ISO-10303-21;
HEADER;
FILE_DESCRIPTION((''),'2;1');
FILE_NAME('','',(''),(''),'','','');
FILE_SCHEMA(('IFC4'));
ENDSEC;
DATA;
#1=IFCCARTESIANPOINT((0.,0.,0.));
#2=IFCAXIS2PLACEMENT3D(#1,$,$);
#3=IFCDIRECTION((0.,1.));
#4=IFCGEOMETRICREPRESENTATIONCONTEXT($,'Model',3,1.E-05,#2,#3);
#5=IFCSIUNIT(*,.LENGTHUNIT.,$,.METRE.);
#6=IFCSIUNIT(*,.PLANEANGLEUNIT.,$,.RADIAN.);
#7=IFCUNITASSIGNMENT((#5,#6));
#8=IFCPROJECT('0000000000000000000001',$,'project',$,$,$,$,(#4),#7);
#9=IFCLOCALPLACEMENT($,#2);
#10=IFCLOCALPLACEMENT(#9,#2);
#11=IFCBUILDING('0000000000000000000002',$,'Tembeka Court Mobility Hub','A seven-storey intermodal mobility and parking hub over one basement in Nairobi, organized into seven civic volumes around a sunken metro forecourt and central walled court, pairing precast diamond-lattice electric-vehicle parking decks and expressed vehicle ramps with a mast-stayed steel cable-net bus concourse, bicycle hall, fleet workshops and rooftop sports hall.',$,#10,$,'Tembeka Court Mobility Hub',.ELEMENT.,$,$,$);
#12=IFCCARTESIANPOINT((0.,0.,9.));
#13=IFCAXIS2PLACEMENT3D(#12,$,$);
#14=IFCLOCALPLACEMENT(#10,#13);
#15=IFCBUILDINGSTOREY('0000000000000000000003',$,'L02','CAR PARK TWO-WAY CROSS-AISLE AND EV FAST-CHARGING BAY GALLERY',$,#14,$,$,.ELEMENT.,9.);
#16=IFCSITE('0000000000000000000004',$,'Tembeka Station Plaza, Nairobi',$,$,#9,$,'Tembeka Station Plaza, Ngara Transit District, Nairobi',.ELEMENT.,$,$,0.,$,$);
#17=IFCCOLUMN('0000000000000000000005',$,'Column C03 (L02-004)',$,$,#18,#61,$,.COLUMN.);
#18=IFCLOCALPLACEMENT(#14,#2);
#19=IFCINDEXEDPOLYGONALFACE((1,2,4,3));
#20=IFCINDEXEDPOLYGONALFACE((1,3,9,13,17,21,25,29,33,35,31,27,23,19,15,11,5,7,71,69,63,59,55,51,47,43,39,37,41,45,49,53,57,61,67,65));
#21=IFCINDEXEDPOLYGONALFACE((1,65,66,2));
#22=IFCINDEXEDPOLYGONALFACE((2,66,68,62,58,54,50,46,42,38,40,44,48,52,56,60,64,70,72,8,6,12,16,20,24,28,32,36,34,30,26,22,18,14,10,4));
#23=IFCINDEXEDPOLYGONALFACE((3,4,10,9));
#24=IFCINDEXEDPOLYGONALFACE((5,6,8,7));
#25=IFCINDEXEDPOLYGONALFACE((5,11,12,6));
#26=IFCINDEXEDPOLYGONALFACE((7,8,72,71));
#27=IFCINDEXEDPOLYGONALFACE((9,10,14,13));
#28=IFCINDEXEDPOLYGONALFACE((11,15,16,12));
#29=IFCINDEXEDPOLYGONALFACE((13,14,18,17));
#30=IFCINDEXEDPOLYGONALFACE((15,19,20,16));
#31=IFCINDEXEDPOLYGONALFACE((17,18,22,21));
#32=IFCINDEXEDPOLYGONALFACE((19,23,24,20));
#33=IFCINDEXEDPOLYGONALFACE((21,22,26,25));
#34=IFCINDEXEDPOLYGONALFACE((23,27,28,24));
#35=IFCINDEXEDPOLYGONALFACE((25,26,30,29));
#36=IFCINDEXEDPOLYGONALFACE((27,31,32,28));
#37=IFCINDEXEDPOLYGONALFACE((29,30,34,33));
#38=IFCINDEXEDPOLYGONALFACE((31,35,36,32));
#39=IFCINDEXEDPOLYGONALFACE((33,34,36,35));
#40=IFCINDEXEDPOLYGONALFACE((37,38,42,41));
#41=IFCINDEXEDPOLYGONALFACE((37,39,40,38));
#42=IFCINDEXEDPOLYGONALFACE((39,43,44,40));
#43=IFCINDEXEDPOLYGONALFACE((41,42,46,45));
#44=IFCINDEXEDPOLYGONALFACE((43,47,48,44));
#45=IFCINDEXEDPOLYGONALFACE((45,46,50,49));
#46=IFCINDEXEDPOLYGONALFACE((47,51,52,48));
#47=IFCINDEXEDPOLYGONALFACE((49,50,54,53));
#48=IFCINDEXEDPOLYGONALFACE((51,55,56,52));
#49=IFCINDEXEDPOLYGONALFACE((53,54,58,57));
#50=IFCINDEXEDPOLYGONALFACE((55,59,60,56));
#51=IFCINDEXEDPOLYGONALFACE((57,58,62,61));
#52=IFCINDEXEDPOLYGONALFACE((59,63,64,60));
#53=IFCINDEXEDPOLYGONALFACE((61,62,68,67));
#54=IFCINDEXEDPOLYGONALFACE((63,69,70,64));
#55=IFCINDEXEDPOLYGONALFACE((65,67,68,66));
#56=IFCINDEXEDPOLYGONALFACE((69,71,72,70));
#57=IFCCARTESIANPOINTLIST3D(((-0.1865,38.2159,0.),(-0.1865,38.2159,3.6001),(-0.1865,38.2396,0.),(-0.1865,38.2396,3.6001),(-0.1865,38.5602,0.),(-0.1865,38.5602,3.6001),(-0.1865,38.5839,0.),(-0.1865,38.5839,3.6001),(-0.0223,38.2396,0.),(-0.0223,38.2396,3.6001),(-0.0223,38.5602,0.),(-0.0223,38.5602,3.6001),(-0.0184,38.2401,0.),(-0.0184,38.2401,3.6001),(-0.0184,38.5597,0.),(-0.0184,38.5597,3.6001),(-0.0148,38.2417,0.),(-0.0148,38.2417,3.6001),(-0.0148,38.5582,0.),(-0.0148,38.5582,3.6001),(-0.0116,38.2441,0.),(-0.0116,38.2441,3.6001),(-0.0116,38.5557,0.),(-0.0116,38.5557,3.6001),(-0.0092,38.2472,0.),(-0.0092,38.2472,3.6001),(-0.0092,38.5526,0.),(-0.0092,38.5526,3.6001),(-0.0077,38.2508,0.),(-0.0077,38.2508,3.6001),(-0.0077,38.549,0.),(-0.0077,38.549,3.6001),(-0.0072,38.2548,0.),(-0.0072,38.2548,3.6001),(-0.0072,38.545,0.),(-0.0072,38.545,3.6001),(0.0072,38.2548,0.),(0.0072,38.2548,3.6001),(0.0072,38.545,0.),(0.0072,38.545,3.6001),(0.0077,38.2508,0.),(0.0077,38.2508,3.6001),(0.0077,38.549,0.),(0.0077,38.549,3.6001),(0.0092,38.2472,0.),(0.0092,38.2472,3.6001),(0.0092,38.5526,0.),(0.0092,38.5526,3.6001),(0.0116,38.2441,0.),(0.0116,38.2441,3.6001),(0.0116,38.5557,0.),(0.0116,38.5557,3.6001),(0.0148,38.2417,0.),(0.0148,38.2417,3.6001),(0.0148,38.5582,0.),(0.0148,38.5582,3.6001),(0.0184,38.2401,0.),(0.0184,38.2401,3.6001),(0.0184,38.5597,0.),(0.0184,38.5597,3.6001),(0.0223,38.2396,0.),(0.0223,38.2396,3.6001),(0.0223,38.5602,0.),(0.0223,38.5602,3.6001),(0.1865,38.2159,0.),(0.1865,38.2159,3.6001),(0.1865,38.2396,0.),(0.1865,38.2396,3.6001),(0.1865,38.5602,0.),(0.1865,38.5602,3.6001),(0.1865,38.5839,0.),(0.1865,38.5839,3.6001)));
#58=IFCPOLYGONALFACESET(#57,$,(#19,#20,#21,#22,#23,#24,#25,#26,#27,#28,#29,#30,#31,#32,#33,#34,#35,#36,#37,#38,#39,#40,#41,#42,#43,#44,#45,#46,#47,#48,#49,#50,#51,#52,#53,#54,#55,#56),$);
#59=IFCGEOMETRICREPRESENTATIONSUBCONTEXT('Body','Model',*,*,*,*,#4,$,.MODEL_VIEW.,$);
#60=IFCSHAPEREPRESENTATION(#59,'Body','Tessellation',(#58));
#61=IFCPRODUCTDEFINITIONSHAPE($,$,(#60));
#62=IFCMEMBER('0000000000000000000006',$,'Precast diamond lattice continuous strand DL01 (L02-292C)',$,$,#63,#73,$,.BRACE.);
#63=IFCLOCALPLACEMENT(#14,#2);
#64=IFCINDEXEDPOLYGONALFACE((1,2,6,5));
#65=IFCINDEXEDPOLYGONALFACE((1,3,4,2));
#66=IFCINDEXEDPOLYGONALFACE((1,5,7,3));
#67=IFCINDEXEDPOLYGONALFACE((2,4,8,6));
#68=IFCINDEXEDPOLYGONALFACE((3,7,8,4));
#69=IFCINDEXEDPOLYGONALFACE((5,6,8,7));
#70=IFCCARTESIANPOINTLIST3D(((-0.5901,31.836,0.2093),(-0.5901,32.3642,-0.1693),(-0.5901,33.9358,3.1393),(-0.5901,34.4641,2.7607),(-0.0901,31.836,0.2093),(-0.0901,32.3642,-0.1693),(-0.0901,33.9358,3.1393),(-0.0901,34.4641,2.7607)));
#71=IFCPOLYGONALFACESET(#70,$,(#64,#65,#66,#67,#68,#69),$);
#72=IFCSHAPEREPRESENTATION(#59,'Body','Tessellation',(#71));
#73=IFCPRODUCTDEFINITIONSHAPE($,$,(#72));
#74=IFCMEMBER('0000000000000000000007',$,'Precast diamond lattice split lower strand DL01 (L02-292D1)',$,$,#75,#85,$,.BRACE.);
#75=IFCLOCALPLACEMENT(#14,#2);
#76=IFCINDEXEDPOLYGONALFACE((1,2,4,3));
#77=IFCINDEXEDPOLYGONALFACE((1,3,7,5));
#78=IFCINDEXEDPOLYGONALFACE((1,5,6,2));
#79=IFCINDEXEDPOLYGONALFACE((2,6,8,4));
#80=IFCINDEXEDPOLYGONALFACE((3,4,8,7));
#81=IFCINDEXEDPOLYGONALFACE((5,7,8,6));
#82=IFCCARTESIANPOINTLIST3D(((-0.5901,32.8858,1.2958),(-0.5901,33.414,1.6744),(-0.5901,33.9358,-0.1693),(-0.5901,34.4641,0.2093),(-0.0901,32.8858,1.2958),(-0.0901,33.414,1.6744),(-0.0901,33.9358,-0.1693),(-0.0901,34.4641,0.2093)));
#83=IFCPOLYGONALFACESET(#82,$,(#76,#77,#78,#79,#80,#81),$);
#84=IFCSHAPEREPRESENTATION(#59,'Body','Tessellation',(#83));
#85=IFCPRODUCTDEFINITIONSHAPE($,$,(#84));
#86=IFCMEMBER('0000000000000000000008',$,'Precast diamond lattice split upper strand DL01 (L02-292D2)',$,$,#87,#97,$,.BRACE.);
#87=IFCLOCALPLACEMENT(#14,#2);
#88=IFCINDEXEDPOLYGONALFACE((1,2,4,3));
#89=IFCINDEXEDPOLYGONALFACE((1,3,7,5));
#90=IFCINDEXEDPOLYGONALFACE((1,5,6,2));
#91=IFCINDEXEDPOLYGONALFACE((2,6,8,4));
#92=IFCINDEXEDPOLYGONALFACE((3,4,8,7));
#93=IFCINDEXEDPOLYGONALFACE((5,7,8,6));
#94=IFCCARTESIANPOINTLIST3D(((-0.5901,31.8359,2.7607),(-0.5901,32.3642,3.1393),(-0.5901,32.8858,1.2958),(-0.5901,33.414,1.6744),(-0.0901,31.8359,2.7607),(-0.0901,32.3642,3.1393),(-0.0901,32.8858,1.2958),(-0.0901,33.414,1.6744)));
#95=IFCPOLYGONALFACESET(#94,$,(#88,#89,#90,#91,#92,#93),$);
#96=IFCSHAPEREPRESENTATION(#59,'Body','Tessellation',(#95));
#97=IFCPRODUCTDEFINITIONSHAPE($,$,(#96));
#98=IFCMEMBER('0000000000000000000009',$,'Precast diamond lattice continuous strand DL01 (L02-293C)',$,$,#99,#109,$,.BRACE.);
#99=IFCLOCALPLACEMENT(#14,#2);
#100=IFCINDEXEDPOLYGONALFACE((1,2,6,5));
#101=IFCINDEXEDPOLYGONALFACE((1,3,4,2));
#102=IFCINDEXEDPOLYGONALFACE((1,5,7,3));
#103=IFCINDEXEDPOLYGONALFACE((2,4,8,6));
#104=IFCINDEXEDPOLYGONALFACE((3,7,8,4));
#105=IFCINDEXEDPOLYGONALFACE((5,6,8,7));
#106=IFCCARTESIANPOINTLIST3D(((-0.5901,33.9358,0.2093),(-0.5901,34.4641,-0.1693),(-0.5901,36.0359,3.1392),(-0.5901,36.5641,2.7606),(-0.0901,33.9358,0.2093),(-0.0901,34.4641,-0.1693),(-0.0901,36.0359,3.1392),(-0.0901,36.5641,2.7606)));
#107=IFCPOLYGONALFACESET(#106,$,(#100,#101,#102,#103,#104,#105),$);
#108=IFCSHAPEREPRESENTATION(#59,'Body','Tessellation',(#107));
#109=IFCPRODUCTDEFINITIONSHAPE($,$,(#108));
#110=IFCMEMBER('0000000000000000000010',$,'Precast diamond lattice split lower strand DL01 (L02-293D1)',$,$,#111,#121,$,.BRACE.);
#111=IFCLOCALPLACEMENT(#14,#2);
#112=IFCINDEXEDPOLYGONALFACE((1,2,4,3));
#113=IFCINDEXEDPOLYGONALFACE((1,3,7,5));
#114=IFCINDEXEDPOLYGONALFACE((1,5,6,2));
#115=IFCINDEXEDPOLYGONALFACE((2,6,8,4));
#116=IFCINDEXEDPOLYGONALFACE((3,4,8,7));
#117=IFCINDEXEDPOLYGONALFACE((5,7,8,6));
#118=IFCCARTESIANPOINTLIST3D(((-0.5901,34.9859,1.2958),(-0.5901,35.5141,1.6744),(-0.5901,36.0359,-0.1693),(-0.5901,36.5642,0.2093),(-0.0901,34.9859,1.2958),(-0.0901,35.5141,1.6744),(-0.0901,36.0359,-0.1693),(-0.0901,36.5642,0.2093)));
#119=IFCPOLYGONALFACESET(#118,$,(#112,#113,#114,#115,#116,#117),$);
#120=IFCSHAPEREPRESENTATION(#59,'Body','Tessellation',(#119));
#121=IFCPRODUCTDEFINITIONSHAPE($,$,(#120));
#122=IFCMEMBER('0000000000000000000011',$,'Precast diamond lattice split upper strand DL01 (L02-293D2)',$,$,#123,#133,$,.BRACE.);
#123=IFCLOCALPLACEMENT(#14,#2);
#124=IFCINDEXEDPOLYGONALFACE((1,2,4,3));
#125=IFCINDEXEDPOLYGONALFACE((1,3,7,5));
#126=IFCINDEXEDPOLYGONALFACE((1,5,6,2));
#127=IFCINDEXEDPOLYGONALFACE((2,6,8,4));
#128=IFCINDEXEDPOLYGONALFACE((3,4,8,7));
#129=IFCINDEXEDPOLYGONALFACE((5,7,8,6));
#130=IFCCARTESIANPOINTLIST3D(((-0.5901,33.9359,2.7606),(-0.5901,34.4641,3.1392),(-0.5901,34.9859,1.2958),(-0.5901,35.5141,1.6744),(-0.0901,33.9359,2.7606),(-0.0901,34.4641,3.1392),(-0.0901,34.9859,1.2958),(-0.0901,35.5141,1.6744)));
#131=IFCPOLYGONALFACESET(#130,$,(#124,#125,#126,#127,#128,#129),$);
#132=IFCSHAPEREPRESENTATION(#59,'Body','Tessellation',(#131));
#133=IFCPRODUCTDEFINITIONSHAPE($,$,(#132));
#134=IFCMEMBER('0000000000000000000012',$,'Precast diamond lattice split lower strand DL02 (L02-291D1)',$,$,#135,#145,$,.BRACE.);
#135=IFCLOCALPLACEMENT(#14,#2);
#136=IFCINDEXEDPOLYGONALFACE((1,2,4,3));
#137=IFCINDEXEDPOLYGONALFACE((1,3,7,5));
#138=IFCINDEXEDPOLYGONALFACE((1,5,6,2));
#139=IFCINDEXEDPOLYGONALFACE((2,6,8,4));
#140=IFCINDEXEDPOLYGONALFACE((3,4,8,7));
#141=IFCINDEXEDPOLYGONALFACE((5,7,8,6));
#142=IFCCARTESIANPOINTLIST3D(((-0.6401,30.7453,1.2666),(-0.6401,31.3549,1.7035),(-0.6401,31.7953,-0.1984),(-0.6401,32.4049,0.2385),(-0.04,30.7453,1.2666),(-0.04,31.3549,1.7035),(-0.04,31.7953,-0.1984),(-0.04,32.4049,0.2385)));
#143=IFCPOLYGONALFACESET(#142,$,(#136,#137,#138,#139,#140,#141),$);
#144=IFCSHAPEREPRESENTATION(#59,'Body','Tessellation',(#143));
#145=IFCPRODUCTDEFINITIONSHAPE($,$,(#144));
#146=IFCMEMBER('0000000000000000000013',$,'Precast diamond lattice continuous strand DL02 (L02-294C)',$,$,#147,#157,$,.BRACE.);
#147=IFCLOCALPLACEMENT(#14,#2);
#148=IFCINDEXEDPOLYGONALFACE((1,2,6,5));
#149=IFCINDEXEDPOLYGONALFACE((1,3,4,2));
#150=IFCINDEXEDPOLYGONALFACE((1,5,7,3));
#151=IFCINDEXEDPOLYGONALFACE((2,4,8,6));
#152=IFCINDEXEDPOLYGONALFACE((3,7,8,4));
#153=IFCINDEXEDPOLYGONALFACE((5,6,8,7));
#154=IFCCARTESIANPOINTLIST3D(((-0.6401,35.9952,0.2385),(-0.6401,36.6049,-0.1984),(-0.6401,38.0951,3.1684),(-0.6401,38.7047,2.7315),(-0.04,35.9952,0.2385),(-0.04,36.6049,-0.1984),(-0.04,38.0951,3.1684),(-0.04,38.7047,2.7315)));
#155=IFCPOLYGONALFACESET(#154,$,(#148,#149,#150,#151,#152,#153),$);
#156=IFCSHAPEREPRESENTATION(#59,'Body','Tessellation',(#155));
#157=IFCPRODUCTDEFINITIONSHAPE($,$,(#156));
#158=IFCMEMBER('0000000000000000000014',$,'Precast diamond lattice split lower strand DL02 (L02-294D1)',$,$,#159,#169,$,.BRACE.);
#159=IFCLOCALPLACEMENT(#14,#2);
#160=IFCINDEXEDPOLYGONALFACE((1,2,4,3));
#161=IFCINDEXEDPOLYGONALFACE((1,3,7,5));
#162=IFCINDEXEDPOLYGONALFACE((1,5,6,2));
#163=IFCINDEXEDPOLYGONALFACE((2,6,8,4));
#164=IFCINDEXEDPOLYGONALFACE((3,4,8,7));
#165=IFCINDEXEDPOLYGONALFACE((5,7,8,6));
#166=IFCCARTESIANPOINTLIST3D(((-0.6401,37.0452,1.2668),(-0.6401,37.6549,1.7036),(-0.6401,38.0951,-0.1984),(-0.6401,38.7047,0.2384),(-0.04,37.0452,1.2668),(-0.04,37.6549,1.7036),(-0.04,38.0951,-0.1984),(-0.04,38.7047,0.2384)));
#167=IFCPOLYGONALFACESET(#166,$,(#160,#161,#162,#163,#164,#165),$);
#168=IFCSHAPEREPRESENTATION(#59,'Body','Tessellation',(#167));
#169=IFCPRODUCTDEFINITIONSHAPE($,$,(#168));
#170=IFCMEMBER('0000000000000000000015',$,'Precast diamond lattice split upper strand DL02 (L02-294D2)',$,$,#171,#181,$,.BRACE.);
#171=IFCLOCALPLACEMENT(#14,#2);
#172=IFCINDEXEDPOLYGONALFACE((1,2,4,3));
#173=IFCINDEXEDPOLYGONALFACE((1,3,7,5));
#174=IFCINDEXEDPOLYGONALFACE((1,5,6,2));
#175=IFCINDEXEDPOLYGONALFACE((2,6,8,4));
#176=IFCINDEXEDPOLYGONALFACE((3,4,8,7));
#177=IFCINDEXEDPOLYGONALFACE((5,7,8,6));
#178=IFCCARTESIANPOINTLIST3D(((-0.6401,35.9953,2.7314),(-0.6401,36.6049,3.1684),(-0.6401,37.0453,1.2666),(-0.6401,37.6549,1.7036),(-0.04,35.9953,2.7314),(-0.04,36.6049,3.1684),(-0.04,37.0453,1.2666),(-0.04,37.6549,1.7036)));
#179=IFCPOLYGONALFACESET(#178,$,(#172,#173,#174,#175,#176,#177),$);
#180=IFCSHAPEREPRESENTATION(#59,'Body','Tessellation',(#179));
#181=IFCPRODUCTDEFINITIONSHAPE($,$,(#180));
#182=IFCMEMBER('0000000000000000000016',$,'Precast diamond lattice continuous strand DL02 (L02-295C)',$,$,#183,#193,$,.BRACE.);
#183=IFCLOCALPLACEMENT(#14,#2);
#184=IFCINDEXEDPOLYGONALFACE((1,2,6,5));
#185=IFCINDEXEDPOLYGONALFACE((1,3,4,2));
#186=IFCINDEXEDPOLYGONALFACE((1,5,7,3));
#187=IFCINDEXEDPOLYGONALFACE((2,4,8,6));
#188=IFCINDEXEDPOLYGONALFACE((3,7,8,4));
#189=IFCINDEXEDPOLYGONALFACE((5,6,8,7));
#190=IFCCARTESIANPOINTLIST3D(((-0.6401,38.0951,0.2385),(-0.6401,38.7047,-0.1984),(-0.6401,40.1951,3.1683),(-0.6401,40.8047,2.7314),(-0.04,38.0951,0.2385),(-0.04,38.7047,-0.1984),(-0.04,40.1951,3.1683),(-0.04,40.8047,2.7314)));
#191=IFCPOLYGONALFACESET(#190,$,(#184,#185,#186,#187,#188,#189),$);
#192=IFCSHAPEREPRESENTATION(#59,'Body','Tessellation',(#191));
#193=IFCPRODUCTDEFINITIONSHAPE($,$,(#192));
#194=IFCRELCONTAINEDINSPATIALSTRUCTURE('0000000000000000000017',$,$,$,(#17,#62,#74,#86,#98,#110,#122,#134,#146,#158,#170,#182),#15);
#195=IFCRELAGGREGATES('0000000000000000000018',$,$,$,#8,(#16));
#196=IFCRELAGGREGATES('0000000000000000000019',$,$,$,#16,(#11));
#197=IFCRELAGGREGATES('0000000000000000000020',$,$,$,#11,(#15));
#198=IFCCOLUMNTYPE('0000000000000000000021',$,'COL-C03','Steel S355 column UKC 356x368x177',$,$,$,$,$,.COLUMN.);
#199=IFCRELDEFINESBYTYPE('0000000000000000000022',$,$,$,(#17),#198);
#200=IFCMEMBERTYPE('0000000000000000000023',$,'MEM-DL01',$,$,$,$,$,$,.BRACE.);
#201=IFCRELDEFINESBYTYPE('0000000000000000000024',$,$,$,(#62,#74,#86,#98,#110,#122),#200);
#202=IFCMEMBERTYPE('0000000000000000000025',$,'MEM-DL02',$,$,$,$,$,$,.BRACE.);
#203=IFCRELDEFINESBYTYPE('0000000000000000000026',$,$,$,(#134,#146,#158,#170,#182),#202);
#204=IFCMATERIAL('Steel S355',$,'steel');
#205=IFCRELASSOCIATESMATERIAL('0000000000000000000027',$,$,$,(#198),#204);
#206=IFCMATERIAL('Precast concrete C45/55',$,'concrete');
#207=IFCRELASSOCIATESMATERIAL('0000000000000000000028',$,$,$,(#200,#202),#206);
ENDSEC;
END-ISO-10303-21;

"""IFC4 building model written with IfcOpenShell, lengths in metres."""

from ifc_helpers import new_model, si_unit, direction, frame, origin, origin_2d, place, context, subcontext, project, spatial, rectangle, i_section, extrude, material, material_profile, profile_set, type_object, element, save


model = new_model("IFC4")

# Units and contexts
model_context = context("Model", 3, precision=1e-05, world=origin(), true_north=direction((0.0, 1.0)))
body_context = subcontext(model_context, "Body", "Model", "MODEL_VIEW")
ifc_project = project(units=[si_unit("LENGTHUNIT", "METRE"), si_unit("PLANEANGLEUNIT", "RADIAN")], contexts=[model_context])

# Site, building, storey
site_placement = place(None, origin())
site = spatial("IfcSite", under=ifc_project, at=site_placement, Name="Tembeka Station Plaza, Nairobi", LongName="Tembeka Station Plaza, Ngara Transit District, Nairobi", CompositionType="ELEMENT", RefElevation=0.0)
building_placement = place(site_placement, origin())
building = spatial("IfcBuilding", under=site, at=building_placement, Name="Tembeka Court Mobility Hub", Description="A seven-storey intermodal mobility and parking hub over one basement in Nairobi, organized into seven civic volumes around a sunken metro forecourt and central walled court, pairing precast diamond-lattice electric-vehicle parking decks and expressed vehicle ramps with a mast-stayed steel cable-net bus concourse, bicycle hall, fleet workshops and rooftop sports hall.", LongName="Tembeka Court Mobility Hub", CompositionType="ELEMENT")
storey_placement = place(building_placement, frame((0.0, 0.0, 9.0)))
storey = spatial("IfcBuildingStorey", under=building, at=storey_placement, Name="L02", Description="CAR PARK TWO-WAY CROSS-AISLE AND EV FAST-CHARGING BAY GALLERY", CompositionType="ELEMENT", Elevation=9.0)

# Column
ifc_material_1 = material(Name="Steel S355", Category="steel")
ifc_material_profile_1 = material_profile(ifc_material_1, i_section(OverallWidth=0.373, OverallDepth=0.3679, WebThickness=0.0144, FlangeThickness=0.0237, FilletRadius=0.0151, at=origin_2d()), Name="UKC 356x368x177")
ifc_profile_set_1 = profile_set([ifc_material_profile_1], Name="Steel S355")
column_type = type_object("IfcColumnType", Name="COL-C03", Description="Steel S355 column UKC 356x368x177", PredefinedType="COLUMN", material=ifc_profile_set_1)
column_placement = place(storey_placement, frame((0.0, 38.3999, 0.0), z_axis=(0.0, 0.0, 1.0), x_axis=(1.0, 0.0, 0.0)))
element("IfcColumn", 1, at=column_placement, inside=storey, type_object=column_type, Name="Column C03 (L02-004)", PredefinedType="COLUMN", context=body_context, shape_type="SweptSolid", body=[
    extrude(i_section(OverallWidth=0.373, OverallDepth=0.3679, WebThickness=0.0144, FlangeThickness=0.0237, FilletRadius=0.0151, at=origin_2d()), origin(), (0.0, 0.0, 1.0), 3.6001),
])

# Members
ifc_material_2 = material(Name="Precast concrete C45/55", Category="concrete")
ifc_material_profile_2 = material_profile(ifc_material_2, rectangle(XDim=0.5, YDim=0.6499, at=origin_2d()), Name="PC-DIAG 500x650")
ifc_profile_set_2 = profile_set([ifc_material_profile_2], Name="Precast concrete C45/55")
member_type_1 = type_object("IfcMemberType", Name="MEM-DL01", PredefinedType="BRACE", material=ifc_profile_set_2)
member_1_placement = place(storey_placement, frame((-0.3401, 32.1001, 0.02), z_axis=(0.0, 0.582532, 0.812808), x_axis=(-1.0, 0.0, 0.0)))
element("IfcMember", 2, at=member_1_placement, inside=storey, type_object=member_type_1, Name="Precast diamond lattice continuous strand DL01 (L02-292C)", PredefinedType="BRACE", context=body_context, shape_type="SweptSolid", body=[
    extrude(rectangle(XDim=0.5, YDim=0.6499, at=origin_2d()), origin(), (0.0, 0.0, 1.0), 3.6047),
])
member_2_placement = place(storey_placement, frame((-0.3401, 34.2, 0.02), z_axis=(0.0, -0.582544, 0.812799), x_axis=(1.0, 0.0, 0.0)))
element("IfcMember", 3, at=member_2_placement, inside=storey, type_object=member_type_1, Name="Precast diamond lattice split lower strand DL01 (L02-292D1)", PredefinedType="BRACE", context=body_context, shape_type="SweptSolid", body=[
    extrude(rectangle(XDim=0.5, YDim=0.6499, at=origin_2d()), origin(), (0.0, 0.0, 1.0), 1.8025),
])
member_3_placement = place(storey_placement, frame((-0.3401, 33.1499, 1.4851), z_axis=(0.0, -0.582519, 0.812817), x_axis=(1.0, 0.0, 0.0)))
element("IfcMember", 4, at=member_3_placement, inside=storey, type_object=member_type_1, Name="Precast diamond lattice split upper strand DL01 (L02-292D2)", PredefinedType="BRACE", context=body_context, shape_type="SweptSolid", body=[
    extrude(rectangle(XDim=0.5, YDim=0.6499, at=origin_2d()), origin(), (0.0, 0.0, 1.0), 1.8022),
])
member_4_placement = place(storey_placement, frame((-0.3401, 34.2, 0.02), z_axis=(0.0, 0.582576, 0.812776), x_axis=(-1.0, 0.0, 0.0)))
element("IfcMember", 5, at=member_4_placement, inside=storey, type_object=member_type_1, Name="Precast diamond lattice continuous strand DL01 (L02-293C)", PredefinedType="BRACE", context=body_context, shape_type="SweptSolid", body=[
    extrude(rectangle(XDim=0.5, YDim=0.6499, at=origin_2d()), origin(), (0.0, 0.0, 1.0), 3.6047),
])
member_5_placement = place(storey_placement, frame((-0.3401, 36.3, 0.02), z_axis=(0.0, -0.582544, 0.812799), x_axis=(1.0, 0.0, 0.0)))
element("IfcMember", 6, at=member_5_placement, inside=storey, type_object=member_type_1, Name="Precast diamond lattice split lower strand DL01 (L02-293D1)", PredefinedType="BRACE", context=body_context, shape_type="SweptSolid", body=[
    extrude(rectangle(XDim=0.5, YDim=0.6499, at=origin_2d()), origin(), (0.0, 0.0, 1.0), 1.8025),
])
member_6_placement = place(storey_placement, frame((-0.3401, 35.25, 1.4851), z_axis=(0.0, -0.582608, 0.812753), x_axis=(1.0, 0.0, 0.0)))
element("IfcMember", 7, at=member_6_placement, inside=storey, type_object=member_type_1, Name="Precast diamond lattice split upper strand DL01 (L02-293D2)", PredefinedType="BRACE", context=body_context, shape_type="SweptSolid", body=[
    extrude(rectangle(XDim=0.5, YDim=0.6499, at=origin_2d()), origin(), (0.0, 0.0, 1.0), 1.8022),
])
ifc_material_profile_3 = material_profile(ifc_material_2, rectangle(XDim=0.6001, YDim=0.75, at=origin_2d()), Name="PC-DIAG 600x750")
ifc_profile_set_3 = profile_set([ifc_material_profile_3], Name="Precast concrete C45/55")
member_type_2 = type_object("IfcMemberType", Name="MEM-DL02", PredefinedType="BRACE", material=ifc_profile_set_3)
member_7_placement = place(storey_placement, frame((-0.3401, 32.1001, 0.02), z_axis=(0.0, -0.582544, 0.812799), x_axis=(1.0, 0.0, 0.0)))
element("IfcMember", 8, at=member_7_placement, inside=storey, type_object=member_type_2, Name="Precast diamond lattice split lower strand DL02 (L02-291D1)", PredefinedType="BRACE", context=body_context, shape_type="SweptSolid", body=[
    extrude(rectangle(XDim=0.6001, YDim=0.75, at=origin_2d()), origin(), (0.0, 0.0, 1.0), 1.8025),
])
member_8_placement = place(storey_placement, frame((-0.3401, 36.3, 0.02), z_axis=(0.0, 0.582532, 0.812808), x_axis=(-1.0, 0.0, 0.0)))
element("IfcMember", 9, at=member_8_placement, inside=storey, type_object=member_type_2, Name="Precast diamond lattice continuous strand DL02 (L02-294C)", PredefinedType="BRACE", context=body_context, shape_type="SweptSolid", body=[
    extrude(rectangle(XDim=0.6001, YDim=0.75, at=origin_2d()), origin(), (0.0, 0.0, 1.0), 3.6047),
])
member_9_placement = place(storey_placement, frame((-0.3401, 38.3999, 0.02), z_axis=(0.0, -0.582455, 0.812863), x_axis=(1.0, 0.0, 0.0)))
element("IfcMember", 10, at=member_9_placement, inside=storey, type_object=member_type_2, Name="Precast diamond lattice split lower strand DL02 (L02-294D1)", PredefinedType="BRACE", context=body_context, shape_type="SweptSolid", body=[
    extrude(rectangle(XDim=0.6001, YDim=0.75, at=origin_2d()), origin(), (0.0, 0.0, 1.0), 1.8025),
])
member_10_placement = place(storey_placement, frame((-0.3401, 37.3501, 1.4851), z_axis=(0.0, -0.582608, 0.812753), x_axis=(1.0, 0.0, 0.0)))
element("IfcMember", 11, at=member_10_placement, inside=storey, type_object=member_type_2, Name="Precast diamond lattice split upper strand DL02 (L02-294D2)", PredefinedType="BRACE", context=body_context, shape_type="SweptSolid", body=[
    extrude(rectangle(XDim=0.6001, YDim=0.75, at=origin_2d()), origin(), (0.0, 0.0, 1.0), 1.8022),
])
member_11_placement = place(storey_placement, frame((-0.3401, 38.3999, 0.02), z_axis=(0.0, 0.582576, 0.812776), x_axis=(-1.0, 0.0, 0.0)))
element("IfcMember", 12, at=member_11_placement, inside=storey, type_object=member_type_2, Name="Precast diamond lattice continuous strand DL02 (L02-295C)", PredefinedType="BRACE", context=body_context, shape_type="SweptSolid", body=[
    extrude(rectangle(XDim=0.6001, YDim=0.75, at=origin_2d()), origin(), (0.0, 0.0, 1.0), 3.6047),
])

save(model, "model.ifc")
